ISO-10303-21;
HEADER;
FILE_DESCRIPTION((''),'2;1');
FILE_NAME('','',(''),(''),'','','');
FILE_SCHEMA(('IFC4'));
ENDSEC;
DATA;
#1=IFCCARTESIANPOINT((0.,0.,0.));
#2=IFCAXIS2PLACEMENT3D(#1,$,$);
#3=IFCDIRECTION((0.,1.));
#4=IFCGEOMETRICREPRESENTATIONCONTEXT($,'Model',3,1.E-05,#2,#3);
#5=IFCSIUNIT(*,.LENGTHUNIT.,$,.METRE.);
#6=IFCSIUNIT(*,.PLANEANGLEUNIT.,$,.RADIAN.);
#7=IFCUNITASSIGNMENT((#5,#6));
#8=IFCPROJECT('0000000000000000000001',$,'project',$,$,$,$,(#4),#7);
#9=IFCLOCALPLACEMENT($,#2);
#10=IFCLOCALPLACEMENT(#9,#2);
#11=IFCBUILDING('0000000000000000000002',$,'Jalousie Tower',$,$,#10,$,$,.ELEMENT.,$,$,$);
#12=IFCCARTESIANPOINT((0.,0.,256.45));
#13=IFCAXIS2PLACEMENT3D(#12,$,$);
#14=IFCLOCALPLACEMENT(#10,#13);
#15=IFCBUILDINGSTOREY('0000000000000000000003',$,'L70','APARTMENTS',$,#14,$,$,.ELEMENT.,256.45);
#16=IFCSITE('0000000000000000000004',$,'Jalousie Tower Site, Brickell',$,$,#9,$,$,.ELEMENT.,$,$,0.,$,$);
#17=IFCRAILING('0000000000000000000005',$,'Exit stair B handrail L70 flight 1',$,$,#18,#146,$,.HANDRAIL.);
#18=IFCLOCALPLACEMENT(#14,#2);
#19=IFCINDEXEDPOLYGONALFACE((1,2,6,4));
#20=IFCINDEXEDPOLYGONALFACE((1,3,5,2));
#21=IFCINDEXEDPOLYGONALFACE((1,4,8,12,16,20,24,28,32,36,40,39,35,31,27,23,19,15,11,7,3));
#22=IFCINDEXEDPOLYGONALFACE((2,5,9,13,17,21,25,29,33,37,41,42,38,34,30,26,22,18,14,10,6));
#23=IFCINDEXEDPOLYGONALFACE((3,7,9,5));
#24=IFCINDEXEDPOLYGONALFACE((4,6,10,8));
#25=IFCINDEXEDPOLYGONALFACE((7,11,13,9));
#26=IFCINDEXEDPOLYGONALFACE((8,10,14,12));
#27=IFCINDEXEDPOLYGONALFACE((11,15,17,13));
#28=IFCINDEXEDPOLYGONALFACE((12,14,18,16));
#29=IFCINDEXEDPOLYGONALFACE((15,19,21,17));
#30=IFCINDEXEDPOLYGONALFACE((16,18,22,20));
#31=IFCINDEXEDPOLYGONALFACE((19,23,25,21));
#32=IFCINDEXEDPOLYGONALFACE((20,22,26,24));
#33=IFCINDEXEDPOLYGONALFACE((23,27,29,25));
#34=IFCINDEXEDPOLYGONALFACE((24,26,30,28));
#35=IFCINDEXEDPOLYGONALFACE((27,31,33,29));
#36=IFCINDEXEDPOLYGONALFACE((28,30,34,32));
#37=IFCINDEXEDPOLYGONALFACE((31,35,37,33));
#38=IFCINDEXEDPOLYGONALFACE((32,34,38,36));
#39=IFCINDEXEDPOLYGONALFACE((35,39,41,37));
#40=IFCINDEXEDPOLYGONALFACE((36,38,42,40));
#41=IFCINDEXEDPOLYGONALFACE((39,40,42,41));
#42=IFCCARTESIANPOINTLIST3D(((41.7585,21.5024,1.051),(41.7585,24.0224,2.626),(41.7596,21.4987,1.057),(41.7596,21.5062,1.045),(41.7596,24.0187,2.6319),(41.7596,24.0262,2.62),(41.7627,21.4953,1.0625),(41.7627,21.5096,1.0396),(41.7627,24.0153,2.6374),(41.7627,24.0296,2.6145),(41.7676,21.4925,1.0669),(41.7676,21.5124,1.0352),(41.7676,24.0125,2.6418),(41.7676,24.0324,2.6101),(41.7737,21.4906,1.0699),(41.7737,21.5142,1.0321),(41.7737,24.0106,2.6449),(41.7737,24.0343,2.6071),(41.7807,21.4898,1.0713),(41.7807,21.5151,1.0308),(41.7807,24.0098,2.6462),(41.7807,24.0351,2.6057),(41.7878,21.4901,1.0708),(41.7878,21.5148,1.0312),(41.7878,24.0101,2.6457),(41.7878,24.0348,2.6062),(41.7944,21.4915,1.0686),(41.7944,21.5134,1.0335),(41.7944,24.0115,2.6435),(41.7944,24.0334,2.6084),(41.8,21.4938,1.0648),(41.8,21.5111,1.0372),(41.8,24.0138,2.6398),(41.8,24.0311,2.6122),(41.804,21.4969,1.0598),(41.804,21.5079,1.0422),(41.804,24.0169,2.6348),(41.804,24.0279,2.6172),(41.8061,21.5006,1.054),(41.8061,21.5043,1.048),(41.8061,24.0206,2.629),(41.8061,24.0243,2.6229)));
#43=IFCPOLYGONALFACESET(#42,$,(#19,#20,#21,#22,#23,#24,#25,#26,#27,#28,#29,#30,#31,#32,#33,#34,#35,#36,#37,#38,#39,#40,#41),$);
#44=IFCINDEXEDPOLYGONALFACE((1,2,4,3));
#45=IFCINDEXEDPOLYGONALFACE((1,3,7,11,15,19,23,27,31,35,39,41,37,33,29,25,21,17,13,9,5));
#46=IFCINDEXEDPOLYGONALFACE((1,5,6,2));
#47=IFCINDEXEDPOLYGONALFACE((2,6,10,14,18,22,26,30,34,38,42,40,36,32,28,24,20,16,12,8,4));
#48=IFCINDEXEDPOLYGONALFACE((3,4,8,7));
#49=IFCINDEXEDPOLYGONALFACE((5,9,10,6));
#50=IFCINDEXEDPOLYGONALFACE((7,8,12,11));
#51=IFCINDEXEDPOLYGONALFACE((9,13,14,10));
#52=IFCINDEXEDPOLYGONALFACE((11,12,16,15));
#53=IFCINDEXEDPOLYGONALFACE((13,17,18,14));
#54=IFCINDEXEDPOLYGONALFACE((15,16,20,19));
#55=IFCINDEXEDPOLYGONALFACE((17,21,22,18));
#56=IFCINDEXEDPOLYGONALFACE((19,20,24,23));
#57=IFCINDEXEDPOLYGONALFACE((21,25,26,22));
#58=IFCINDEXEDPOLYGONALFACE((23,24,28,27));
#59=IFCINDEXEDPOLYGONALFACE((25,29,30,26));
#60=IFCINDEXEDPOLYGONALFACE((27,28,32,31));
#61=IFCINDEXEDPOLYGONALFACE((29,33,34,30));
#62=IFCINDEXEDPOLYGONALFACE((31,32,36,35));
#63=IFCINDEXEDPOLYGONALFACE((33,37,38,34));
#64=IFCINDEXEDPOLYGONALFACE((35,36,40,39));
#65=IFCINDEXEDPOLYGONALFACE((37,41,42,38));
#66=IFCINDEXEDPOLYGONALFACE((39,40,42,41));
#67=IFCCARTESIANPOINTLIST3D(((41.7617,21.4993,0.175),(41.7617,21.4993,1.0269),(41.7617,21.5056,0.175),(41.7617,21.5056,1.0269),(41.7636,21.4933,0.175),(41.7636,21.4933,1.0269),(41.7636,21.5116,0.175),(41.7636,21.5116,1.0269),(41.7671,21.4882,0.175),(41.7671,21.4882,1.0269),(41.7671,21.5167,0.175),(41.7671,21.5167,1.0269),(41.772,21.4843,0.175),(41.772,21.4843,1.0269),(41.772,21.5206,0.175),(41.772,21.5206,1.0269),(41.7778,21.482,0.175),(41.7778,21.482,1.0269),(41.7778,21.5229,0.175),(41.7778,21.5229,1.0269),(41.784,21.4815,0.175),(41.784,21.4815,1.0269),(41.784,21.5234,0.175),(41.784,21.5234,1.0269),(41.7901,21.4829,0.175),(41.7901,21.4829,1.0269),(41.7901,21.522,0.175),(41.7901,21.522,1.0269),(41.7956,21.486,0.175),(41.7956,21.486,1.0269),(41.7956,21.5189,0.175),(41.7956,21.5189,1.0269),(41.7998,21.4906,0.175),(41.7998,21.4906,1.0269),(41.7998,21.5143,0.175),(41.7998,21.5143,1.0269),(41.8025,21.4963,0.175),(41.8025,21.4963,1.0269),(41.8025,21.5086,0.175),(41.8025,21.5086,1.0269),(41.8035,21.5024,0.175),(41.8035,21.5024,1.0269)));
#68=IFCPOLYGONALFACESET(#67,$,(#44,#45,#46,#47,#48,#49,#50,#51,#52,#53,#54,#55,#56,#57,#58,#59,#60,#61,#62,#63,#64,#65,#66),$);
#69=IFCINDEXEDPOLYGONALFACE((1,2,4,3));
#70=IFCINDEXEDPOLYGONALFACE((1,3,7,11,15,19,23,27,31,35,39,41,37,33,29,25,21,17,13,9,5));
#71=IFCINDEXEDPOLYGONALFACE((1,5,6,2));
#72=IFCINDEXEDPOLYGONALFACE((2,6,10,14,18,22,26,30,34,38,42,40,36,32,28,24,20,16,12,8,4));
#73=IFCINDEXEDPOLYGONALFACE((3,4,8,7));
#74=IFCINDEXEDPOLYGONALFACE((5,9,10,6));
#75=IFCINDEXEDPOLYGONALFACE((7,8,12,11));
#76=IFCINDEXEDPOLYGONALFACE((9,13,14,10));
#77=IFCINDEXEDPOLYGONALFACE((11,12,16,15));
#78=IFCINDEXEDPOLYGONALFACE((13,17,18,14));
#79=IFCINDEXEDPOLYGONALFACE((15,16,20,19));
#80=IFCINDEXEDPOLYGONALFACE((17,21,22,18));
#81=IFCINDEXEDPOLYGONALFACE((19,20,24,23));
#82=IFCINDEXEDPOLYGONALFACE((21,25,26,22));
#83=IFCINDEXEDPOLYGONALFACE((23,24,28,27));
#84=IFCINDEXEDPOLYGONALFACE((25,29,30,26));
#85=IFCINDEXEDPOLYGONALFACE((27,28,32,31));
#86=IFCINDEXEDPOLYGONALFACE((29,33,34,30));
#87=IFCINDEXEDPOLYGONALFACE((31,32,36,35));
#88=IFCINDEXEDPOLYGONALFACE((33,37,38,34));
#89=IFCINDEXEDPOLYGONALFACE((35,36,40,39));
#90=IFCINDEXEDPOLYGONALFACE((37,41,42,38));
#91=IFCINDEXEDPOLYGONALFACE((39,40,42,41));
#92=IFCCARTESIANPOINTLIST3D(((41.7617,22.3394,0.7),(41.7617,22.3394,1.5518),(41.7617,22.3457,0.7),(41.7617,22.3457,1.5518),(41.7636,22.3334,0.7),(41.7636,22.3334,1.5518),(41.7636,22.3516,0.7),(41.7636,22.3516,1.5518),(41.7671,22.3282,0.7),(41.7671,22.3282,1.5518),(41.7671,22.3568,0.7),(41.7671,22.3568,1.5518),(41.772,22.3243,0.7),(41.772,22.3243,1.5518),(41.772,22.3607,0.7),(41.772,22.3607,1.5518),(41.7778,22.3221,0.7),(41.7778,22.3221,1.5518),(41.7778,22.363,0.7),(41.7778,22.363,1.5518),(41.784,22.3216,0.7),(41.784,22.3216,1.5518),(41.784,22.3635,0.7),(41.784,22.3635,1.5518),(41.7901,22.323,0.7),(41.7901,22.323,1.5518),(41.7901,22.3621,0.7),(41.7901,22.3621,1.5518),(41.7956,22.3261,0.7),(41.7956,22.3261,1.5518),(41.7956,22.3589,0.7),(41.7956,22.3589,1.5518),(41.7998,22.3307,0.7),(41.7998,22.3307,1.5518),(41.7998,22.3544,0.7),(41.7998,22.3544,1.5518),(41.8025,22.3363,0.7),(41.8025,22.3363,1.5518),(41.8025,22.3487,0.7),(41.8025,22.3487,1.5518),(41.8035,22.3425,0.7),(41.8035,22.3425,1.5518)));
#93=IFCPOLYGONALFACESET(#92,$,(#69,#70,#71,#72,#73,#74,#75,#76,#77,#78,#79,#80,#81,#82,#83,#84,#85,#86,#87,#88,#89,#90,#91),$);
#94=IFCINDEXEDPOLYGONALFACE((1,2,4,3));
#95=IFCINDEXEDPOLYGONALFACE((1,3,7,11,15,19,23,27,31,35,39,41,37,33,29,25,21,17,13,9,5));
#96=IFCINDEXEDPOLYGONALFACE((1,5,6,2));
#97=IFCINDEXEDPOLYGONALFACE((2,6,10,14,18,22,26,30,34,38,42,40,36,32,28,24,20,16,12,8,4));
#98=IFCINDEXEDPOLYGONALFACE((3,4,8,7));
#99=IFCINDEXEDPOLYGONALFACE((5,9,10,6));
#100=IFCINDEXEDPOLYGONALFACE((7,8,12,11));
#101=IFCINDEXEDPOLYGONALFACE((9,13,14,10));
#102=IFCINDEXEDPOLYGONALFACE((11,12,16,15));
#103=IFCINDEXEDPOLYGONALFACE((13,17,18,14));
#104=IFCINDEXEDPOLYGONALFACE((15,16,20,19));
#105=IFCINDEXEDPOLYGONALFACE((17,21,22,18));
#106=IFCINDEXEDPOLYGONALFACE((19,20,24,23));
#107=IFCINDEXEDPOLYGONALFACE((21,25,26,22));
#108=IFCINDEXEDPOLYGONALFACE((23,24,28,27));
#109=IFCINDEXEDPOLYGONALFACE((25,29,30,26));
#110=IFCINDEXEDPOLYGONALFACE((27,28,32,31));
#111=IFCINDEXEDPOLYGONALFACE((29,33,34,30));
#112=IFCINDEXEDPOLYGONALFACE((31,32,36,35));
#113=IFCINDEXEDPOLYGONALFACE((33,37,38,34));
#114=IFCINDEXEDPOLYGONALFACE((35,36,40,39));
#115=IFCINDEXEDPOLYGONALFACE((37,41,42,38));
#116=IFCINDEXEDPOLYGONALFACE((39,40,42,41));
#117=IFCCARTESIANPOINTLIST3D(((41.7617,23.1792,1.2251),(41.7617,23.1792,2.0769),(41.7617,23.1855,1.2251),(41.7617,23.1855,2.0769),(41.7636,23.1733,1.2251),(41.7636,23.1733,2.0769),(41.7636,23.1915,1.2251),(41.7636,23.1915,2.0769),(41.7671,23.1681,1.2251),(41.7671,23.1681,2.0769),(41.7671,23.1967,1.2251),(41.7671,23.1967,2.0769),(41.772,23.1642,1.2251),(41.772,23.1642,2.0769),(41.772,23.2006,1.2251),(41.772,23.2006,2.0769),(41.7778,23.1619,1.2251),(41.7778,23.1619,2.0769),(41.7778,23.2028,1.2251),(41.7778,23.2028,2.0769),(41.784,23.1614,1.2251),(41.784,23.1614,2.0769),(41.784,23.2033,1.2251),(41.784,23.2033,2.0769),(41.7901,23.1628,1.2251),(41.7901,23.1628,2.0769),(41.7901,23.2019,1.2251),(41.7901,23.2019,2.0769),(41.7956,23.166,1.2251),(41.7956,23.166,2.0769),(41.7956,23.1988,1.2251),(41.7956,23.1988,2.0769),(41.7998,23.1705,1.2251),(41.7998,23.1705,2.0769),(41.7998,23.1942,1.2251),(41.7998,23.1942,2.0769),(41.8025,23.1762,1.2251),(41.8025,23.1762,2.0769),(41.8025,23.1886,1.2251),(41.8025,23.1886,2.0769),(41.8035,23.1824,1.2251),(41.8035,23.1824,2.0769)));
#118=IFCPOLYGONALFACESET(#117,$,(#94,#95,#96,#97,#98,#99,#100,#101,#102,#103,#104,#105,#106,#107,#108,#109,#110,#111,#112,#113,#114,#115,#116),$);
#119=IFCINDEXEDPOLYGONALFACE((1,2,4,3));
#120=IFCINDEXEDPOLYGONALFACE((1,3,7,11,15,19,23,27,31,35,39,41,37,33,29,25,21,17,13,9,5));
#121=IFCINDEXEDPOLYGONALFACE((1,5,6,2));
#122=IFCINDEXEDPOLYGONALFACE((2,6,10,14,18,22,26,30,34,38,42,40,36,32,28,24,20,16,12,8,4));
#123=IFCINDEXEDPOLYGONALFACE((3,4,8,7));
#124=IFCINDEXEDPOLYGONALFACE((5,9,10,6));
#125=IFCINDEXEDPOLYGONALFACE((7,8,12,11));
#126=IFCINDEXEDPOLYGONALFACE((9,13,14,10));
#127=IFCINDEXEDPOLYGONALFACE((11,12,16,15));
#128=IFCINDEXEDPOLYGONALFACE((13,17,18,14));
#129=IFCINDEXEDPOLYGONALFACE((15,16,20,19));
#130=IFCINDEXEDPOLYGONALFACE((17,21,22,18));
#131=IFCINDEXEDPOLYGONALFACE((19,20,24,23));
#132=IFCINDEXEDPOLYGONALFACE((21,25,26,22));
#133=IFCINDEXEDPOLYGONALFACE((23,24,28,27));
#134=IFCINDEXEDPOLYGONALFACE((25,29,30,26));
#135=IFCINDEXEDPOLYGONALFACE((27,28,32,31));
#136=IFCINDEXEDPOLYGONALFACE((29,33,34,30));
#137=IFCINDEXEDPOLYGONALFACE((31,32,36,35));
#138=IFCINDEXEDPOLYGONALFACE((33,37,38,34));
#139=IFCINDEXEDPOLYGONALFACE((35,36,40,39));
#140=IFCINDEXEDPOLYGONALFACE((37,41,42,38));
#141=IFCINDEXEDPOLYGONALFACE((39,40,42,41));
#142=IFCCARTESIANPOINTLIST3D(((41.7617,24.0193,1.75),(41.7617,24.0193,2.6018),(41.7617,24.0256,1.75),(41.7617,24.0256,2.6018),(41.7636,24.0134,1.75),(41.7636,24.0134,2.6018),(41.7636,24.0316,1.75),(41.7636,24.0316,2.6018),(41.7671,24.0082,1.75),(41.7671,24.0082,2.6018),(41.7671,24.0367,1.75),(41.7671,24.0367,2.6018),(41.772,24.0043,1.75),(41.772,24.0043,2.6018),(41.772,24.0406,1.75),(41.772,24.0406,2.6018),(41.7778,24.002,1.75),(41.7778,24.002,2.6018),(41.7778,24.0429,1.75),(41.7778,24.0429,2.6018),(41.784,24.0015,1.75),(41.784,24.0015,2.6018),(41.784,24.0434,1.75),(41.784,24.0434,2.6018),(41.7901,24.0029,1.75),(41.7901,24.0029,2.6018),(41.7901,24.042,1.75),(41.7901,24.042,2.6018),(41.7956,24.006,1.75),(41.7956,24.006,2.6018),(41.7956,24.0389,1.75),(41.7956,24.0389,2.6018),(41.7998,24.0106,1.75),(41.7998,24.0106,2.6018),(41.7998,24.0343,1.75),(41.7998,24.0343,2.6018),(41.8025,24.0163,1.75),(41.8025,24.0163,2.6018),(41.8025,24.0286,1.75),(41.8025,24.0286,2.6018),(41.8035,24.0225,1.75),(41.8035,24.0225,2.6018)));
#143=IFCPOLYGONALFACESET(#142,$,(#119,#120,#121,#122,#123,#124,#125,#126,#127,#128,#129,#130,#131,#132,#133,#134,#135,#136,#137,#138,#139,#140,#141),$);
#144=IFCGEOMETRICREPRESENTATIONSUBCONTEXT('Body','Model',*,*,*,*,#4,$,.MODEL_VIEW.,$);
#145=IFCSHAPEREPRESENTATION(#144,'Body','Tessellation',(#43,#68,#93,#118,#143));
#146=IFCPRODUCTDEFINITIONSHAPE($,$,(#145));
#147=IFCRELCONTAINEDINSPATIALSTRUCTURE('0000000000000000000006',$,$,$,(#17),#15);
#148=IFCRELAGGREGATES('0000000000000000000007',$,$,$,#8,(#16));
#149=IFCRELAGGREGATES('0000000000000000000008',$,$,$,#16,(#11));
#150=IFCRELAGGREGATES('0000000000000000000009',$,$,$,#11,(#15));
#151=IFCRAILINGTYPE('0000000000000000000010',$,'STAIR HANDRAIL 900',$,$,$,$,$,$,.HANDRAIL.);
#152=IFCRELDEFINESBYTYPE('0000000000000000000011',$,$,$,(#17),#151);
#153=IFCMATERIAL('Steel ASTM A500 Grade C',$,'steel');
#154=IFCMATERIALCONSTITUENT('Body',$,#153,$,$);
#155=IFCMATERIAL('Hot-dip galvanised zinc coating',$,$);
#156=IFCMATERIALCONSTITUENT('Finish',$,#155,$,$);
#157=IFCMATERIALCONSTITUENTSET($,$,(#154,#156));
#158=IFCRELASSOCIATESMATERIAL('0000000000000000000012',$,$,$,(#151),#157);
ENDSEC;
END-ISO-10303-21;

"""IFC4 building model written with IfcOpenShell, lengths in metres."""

from ifc_helpers import new_model, si_unit, direction, frame, origin, origin_2d, place, context, subcontext, project, spatial, circle, extrude, material, constituent, constituent_set, type_object, element, save


model = new_model("IFC4")

# Units and contexts
model_context = context("Model", 3, precision=1e-05, world=origin(), true_north=direction((0.0, 1.0)))
body_context = subcontext(model_context, "Body", "Model", "MODEL_VIEW")
ifc_project = project(units=[si_unit("LENGTHUNIT", "METRE"), si_unit("PLANEANGLEUNIT", "RADIAN")], contexts=[model_context])

# Site, building, storey
site_placement = place(None, origin())
site = spatial("IfcSite", under=ifc_project, at=site_placement, Name="Jalousie Tower Site, Brickell", CompositionType="ELEMENT", RefElevation=0.0)
building_placement = place(site_placement, origin())
building = spatial("IfcBuilding", under=site, at=building_placement, Name="Jalousie Tower", CompositionType="ELEMENT")
storey_placement = place(building_placement, frame((0.0, 0.0, 256.45)))
storey = spatial("IfcBuildingStorey", under=building, at=storey_placement, Name="L70", Description="APARTMENTS", CompositionType="ELEMENT", Elevation=256.45)

# Railing
ifc_material_1 = material(Name="Steel ASTM A500 Grade C", Category="steel")
ifc_constituent_1 = constituent(ifc_material_1, Name="Body")
ifc_material_2 = material(Name="Hot-dip galvanised zinc coating")
ifc_constituent_2 = constituent(ifc_material_2, Name="Finish")
ifc_constituent_set_1 = constituent_set(constituents=[ifc_constituent_1, ifc_constituent_2])
railing_type_1 = type_object("IfcRailingType", Name="STAIR HANDRAIL 900", PredefinedType="HANDRAIL", material=ifc_constituent_set_1)
railing_1_placement = place(storey_placement, frame((41.7825, 21.5024, 0.175)))
element("IfcRailing", 1, at=railing_1_placement, inside=storey, type_object=railing_type_1, Name="Exit stair B handrail L70 flight 1", PredefinedType="HANDRAIL", context=body_context, shape_type="SweptSolid", body=[
    extrude(circle(Radius=0.0239, at=origin_2d()), frame((0.0, 0.0, 0.876), z_axis=(0.0, 0.848008, 0.529984), x_axis=(-1.0, 0.0, 0.0)), (0.0, 0.0, 1.0), 2.9717),
    extrude(circle(Radius=0.021, at=origin_2d()), origin(), (0.0, 0.0, 1.0), 0.8518),
    extrude(circle(Radius=0.021, at=origin_2d()), frame((0.0, 0.8401, 0.5249)), (0.0, 0.0, 1.0), 0.8518),
    extrude(circle(Radius=0.021, at=origin_2d()), frame((0.0, 1.6799, 1.05)), (0.0, 0.0, 1.0), 0.8518),
    extrude(circle(Radius=0.021, at=origin_2d()), frame((0.0, 2.52, 1.575)), (0.0, 0.0, 1.0), 0.8518),
])

save(model, "model.ifc")
